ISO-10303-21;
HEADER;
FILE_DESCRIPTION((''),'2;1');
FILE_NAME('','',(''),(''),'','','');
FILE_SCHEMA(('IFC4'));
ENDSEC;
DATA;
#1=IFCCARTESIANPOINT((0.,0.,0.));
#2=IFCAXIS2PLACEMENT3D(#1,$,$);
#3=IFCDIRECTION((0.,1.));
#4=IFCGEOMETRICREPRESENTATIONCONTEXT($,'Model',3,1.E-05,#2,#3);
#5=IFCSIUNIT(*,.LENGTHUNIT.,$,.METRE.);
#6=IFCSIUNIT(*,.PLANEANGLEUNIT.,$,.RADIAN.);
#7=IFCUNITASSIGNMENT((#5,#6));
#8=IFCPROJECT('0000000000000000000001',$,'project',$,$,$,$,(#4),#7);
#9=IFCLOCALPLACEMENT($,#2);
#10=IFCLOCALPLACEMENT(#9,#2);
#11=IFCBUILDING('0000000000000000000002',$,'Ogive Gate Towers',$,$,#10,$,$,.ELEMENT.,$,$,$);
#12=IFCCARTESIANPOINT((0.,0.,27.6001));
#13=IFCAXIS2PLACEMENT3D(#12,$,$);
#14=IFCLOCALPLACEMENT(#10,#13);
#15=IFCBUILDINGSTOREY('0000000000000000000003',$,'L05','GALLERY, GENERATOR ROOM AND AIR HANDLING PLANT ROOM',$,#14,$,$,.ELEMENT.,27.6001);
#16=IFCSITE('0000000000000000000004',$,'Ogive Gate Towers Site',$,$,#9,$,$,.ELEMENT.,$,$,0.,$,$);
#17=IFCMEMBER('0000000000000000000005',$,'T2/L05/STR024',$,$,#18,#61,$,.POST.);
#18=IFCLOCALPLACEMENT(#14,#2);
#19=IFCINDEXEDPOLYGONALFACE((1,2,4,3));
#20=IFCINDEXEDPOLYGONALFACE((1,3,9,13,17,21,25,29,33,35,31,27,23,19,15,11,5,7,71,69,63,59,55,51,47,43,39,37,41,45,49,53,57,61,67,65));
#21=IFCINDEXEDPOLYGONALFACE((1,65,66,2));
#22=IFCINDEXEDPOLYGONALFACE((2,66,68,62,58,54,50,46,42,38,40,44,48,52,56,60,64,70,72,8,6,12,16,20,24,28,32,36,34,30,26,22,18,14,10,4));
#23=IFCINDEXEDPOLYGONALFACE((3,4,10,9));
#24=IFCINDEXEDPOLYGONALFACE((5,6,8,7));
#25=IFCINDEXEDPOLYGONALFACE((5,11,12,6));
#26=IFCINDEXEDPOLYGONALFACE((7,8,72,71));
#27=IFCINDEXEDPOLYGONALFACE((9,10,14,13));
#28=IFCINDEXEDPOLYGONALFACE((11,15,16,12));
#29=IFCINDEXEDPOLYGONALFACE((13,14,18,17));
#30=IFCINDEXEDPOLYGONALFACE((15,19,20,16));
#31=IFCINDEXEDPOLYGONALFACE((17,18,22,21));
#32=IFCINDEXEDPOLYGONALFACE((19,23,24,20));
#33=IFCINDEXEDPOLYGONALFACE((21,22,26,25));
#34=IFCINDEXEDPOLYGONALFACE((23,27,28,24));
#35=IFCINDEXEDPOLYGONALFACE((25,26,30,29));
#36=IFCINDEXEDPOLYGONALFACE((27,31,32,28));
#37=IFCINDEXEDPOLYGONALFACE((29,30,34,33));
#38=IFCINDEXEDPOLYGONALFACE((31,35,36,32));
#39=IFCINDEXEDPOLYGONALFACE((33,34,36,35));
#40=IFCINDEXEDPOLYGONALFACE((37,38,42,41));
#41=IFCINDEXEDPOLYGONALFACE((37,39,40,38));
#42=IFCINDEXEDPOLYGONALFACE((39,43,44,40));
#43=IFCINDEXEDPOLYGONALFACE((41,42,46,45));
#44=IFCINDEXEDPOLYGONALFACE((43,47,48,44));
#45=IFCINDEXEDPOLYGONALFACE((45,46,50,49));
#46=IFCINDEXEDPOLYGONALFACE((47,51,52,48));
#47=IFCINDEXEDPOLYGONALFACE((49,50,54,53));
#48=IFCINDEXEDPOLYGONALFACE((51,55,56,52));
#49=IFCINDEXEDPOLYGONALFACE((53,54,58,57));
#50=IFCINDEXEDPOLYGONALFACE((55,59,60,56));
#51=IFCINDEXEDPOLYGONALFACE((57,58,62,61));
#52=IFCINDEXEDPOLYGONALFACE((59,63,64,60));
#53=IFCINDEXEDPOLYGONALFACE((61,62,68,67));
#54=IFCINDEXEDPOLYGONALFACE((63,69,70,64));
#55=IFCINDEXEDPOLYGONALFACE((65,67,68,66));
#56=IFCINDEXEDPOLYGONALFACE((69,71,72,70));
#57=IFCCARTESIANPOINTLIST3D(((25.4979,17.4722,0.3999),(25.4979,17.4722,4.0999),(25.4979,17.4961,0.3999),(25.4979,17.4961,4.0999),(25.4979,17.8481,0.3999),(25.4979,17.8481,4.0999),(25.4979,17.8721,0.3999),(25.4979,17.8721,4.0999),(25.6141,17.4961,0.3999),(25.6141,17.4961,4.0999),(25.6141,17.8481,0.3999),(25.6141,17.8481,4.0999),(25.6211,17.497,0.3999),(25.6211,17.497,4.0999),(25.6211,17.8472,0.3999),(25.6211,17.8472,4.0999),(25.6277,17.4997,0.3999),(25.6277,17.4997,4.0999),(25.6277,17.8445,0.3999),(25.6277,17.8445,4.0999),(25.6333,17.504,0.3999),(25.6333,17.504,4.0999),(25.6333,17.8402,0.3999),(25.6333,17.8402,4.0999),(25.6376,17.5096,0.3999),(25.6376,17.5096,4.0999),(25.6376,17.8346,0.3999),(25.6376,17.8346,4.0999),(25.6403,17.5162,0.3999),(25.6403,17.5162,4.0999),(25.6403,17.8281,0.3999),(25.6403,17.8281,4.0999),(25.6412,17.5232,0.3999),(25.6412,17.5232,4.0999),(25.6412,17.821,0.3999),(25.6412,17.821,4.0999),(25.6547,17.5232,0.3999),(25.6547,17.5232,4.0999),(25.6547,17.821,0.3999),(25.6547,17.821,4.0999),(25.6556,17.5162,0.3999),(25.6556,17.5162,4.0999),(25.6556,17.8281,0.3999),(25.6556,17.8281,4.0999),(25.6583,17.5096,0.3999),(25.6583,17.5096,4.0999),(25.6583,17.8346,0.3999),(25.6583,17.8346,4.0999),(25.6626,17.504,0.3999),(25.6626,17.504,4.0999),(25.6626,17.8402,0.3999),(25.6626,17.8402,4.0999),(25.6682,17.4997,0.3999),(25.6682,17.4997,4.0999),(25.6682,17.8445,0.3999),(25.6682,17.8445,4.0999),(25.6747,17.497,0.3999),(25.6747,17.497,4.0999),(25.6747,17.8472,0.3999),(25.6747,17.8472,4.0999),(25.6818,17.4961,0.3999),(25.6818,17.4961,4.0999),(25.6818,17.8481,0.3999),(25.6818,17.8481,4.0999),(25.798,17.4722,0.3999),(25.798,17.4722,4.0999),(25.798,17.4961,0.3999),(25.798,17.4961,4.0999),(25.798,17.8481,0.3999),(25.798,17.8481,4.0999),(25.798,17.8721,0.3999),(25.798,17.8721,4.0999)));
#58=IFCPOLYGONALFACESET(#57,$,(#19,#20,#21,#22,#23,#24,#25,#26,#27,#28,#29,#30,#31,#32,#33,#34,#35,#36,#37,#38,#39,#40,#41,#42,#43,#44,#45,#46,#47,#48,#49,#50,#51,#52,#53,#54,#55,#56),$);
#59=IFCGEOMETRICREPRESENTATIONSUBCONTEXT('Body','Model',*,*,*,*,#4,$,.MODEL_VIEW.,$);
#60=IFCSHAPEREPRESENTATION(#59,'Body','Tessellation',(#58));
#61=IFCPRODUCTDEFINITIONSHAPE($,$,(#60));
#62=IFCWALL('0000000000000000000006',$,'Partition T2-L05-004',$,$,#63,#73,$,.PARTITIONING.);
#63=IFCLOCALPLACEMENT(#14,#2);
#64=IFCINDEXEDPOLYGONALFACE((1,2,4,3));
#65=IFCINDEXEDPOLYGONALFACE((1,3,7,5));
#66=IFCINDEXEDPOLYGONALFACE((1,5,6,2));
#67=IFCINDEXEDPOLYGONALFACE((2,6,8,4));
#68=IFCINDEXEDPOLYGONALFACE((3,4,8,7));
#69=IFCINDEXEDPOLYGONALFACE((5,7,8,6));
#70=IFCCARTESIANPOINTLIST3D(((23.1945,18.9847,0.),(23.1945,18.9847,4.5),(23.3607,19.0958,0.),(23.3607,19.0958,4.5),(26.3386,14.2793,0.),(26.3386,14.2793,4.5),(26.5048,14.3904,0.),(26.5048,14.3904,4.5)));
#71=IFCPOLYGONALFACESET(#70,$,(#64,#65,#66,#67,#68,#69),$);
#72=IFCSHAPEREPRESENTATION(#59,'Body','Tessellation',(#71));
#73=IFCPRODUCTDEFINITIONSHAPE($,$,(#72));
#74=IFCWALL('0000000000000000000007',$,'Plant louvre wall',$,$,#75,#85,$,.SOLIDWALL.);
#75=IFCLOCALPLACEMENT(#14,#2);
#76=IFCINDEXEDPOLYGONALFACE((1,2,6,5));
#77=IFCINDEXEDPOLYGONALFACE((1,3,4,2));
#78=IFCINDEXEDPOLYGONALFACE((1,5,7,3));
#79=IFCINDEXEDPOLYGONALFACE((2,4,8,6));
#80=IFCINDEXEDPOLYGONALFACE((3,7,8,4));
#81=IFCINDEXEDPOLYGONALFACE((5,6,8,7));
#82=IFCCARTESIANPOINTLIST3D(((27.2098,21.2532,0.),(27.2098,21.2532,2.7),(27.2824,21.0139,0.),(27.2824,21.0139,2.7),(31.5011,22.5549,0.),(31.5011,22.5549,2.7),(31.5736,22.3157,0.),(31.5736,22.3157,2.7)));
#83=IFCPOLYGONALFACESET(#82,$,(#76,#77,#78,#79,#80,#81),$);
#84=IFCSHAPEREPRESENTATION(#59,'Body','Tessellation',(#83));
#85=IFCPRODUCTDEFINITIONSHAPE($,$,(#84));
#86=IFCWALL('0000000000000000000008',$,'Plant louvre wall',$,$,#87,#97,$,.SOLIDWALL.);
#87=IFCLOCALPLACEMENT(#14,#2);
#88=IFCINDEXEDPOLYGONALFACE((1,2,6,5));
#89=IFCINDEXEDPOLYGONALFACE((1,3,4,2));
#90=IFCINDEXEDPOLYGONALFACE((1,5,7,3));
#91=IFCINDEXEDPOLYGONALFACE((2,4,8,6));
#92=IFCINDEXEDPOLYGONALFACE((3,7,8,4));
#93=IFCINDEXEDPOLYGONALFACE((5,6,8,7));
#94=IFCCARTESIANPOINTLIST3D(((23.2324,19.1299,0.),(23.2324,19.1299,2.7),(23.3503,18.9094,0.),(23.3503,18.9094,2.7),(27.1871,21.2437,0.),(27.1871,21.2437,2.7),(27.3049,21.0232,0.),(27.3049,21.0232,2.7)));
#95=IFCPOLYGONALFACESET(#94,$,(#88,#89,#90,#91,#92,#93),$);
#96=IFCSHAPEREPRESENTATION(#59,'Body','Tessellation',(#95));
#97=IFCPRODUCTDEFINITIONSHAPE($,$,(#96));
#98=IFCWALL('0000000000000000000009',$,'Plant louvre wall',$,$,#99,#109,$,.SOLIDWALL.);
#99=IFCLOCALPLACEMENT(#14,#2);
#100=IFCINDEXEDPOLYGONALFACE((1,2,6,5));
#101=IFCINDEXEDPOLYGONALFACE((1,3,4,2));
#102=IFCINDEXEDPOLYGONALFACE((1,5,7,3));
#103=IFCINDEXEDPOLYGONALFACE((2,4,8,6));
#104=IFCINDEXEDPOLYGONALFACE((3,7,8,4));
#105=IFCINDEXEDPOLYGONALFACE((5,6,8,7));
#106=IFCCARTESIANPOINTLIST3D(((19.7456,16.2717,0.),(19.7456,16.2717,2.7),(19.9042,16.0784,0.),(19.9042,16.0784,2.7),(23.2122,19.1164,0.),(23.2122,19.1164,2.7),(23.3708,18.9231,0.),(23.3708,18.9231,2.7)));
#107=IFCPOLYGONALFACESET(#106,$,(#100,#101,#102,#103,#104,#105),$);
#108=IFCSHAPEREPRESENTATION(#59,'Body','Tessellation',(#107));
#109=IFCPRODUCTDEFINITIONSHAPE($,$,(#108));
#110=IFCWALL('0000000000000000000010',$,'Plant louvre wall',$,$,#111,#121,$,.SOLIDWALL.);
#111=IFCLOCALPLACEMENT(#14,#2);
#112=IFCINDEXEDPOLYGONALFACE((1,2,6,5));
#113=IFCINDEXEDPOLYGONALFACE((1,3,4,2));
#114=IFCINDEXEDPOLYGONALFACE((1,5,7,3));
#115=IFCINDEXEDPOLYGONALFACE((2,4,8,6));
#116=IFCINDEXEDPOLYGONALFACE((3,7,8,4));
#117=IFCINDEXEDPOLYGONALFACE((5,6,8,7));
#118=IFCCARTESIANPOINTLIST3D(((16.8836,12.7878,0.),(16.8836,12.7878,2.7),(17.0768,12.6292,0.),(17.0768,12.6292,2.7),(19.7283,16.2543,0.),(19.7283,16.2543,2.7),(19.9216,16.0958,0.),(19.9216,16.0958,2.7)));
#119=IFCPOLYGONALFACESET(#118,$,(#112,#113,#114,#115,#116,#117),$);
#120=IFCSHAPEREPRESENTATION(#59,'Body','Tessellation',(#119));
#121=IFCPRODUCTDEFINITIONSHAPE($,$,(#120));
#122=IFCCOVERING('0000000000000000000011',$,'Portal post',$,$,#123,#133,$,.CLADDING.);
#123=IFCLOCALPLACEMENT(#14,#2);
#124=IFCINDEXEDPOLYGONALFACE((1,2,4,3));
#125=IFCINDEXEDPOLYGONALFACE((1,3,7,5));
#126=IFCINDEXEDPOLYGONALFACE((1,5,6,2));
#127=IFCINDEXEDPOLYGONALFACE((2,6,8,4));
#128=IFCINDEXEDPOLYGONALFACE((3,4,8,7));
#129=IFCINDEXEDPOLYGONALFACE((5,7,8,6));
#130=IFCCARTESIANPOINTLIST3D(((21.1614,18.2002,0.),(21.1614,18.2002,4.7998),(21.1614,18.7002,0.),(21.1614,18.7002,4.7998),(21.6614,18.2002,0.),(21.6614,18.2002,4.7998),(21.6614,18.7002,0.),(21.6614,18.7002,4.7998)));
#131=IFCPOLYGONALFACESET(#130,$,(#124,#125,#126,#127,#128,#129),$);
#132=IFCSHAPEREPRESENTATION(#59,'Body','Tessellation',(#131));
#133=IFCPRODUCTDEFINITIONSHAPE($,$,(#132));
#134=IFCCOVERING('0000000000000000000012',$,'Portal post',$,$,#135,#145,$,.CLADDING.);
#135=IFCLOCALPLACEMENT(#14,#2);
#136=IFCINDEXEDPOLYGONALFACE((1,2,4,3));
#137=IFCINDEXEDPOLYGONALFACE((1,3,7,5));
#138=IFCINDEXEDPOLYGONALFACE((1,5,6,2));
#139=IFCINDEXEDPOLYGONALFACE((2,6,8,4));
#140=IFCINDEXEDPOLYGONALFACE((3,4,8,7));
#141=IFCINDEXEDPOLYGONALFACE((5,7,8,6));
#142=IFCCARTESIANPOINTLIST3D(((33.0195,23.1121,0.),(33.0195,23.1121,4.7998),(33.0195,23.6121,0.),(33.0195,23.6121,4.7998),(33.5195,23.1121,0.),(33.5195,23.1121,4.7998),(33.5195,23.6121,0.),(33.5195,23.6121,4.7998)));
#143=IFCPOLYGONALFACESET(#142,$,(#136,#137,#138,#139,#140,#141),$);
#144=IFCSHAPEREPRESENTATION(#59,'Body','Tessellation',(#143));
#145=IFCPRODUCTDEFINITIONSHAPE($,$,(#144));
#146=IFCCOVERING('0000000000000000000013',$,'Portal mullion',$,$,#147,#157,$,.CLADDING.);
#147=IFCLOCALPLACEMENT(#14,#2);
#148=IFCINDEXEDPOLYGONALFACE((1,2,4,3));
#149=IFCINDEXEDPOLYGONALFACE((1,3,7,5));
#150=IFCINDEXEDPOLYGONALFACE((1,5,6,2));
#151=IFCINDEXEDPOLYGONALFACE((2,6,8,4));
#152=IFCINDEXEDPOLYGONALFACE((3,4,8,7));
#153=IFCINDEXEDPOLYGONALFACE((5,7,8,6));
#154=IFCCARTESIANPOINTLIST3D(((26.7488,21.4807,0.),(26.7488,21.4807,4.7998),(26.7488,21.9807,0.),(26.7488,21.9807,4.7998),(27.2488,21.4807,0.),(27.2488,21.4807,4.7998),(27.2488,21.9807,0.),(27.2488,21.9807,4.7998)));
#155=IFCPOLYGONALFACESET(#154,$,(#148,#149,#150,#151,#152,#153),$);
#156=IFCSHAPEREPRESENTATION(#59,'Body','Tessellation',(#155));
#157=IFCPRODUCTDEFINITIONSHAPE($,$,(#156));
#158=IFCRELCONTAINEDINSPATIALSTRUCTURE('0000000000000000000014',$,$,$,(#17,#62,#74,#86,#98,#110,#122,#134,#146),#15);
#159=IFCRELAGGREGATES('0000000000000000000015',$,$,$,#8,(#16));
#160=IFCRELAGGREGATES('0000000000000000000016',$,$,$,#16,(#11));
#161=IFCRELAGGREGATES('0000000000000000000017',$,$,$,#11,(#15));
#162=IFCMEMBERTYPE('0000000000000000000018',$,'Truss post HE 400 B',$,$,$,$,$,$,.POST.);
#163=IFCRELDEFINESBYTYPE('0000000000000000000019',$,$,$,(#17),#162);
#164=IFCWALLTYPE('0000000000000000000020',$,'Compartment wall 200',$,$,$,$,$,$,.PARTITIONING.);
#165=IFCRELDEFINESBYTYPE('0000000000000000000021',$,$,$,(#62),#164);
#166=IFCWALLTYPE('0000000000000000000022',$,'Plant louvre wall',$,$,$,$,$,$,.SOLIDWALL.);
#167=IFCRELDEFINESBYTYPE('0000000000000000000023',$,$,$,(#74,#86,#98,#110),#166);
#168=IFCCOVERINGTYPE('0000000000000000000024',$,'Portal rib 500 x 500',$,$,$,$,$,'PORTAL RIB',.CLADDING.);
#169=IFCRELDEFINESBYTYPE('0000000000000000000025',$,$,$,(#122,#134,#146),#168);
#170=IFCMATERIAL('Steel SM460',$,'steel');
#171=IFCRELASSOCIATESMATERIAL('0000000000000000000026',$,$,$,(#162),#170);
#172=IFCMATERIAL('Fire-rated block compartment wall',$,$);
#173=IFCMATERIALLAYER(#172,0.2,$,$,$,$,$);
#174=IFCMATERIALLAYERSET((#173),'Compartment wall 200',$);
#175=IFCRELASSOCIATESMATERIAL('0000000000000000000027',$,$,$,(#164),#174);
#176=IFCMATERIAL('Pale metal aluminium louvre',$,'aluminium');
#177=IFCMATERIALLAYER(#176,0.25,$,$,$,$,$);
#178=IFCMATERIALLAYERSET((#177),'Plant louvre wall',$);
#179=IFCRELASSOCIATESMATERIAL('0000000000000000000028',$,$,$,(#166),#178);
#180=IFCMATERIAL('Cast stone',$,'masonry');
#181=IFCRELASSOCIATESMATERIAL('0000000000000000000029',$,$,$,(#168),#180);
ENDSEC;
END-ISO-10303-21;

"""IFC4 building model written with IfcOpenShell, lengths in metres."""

from ifc_helpers import new_model, si_unit, direction, frame, frame_2d, origin, origin_2d, place, context, subcontext, project, spatial, rectangle, i_section, extrude, material, layer, layer_set, material_profile, profile_set, type_object, element, save


model = new_model("IFC4")

# Units and contexts
model_context = context("Model", 3, precision=1e-05, world=origin(), true_north=direction((0.0, 1.0)))
body_context = subcontext(model_context, "Body", "Model", "MODEL_VIEW")
ifc_project = project(units=[si_unit("LENGTHUNIT", "METRE"), si_unit("PLANEANGLEUNIT", "RADIAN")], contexts=[model_context])

# Site, building, storey
site_placement = place(None, origin())
site = spatial("IfcSite", under=ifc_project, at=site_placement, Name="Ogive Gate Towers Site", CompositionType="ELEMENT", RefElevation=0.0)
building_placement = place(site_placement, origin())
building = spatial("IfcBuilding", under=site, at=building_placement, Name="Ogive Gate Towers", CompositionType="ELEMENT")
storey_placement = place(building_placement, frame((0.0, 0.0, 27.6001)))
storey = spatial("IfcBuildingStorey", under=building, at=storey_placement, Name="L05", Description="GALLERY, GENERATOR ROOM AND AIR HANDLING PLANT ROOM", CompositionType="ELEMENT", Elevation=27.6001)

# Shared definitions
ifc_material_1 = material(Name="Steel SM460", Category="steel")

# Member
ifc_material_profile_1 = material_profile(ifc_material_1, i_section(OverallWidth=0.3, OverallDepth=0.3999, WebThickness=0.0134, FlangeThickness=0.0239, FilletRadius=0.0271, at=origin_2d()), Name="HE 400 B")
ifc_profile_set_1 = profile_set([ifc_material_profile_1], Name="Steel SM460")
member_type_1 = type_object("IfcMemberType", Name="Truss post HE 400 B", PredefinedType="POST", material=ifc_profile_set_1)
for number, where, z_axis, x_axis, name in (
    (1, (25.6479, 17.6721, 0.3999), (0.0, 0.0, 1.0), (1.0, 0.0, 0.0), "T2/L05/STR024"),
):
    element("IfcMember", number, at=place(storey_placement, frame(where, z_axis=z_axis, x_axis=x_axis)), inside=storey, type_object=member_type_1, Name=name, PredefinedType="POST", context=body_context, shape_type="SweptSolid", body=[
        extrude(i_section(OverallWidth=0.3, OverallDepth=0.3999, WebThickness=0.0134, FlangeThickness=0.0239, FilletRadius=0.0271, at=origin_2d()), origin(), (0.0, 0.0, 1.0), 3.7),
    ])

# Walls
ifc_material_2 = material(Name="Fire-rated block compartment wall")
ifc_layer_1 = layer(ifc_material_2, 0.2)
ifc_layer_set_1 = layer_set([ifc_layer_1], Name="Compartment wall 200")
wall_type_1 = type_object("IfcWallType", Name="Compartment wall 200", PredefinedType="PARTITIONING", material=ifc_layer_set_1)
wall_1_placement = place(storey_placement, frame((23.2776, 19.0403, 0.0), z_axis=(0.0, 0.0, 1.0), x_axis=(0.555576, -0.831466, 0.0)))
element("IfcWall", 2, at=wall_1_placement, inside=storey, type_object=wall_type_1, Name="Partition T2-L05-004", PredefinedType="PARTITIONING", context=body_context, shape_type="SweptSolid", body=[
    extrude(rectangle(XDim=5.6592, YDim=0.2, at=frame_2d((2.8296, 0.0))), origin(), (0.0, 0.0, 1.0), 4.5),
])
ifc_material_3 = material(Name="Pale metal aluminium louvre", Category="aluminium")
ifc_layer_2 = layer(ifc_material_3, 0.25)
ifc_layer_set_2 = layer_set([ifc_layer_2], Name="Plant louvre wall")
wall_type_2 = type_object("IfcWallType", Name="Plant louvre wall", PredefinedType="SOLIDWALL", material=ifc_layer_set_2)
wall_2_placement = place(storey_placement, frame((31.5374, 22.4353, 0.0), z_axis=(0.0, 0.0, 1.0), x_axis=(-0.956939, -0.290288, 0.0)))
element("IfcWall", 3, at=wall_2_placement, inside=storey, type_object=wall_type_2, Name="Plant louvre wall", PredefinedType="SOLIDWALL", context=body_context, shape_type="SweptSolid", body=[
    extrude(rectangle(XDim=4.4844, YDim=0.25, at=frame_2d((2.2422, 0.0))), origin(), (0.0, 0.0, 1.0), 2.7),
])
wall_3_placement = place(storey_placement, frame((27.2461, 21.1335, 0.0), z_axis=(0.0, 0.0, 1.0), x_axis=(-0.881922, -0.471396, 0.0)))
element("IfcWall", 4, at=wall_3_placement, inside=storey, type_object=wall_type_2, Name="Plant louvre wall", PredefinedType="SOLIDWALL", context=body_context, shape_type="SweptSolid", body=[
    extrude(rectangle(XDim=4.4841, YDim=0.25, at=frame_2d((2.2422, 0.0))), origin(), (0.0, 0.0, 1.0), 2.7),
])
for number, where, z_axis, x_axis, name in (
    (5, (23.2915, 19.0198, 0.0), (0.0, 0.0, 1.0), (-0.773032, -0.634367, 0.0), "Plant louvre wall"),
    (6, (19.825, 16.175, 0.0), (0.0, 0.0, 1.0), (-0.634367, -0.773032, 0.0), "Plant louvre wall"),
):
    element("IfcWall", number, at=place(storey_placement, frame(where, z_axis=z_axis, x_axis=x_axis)), inside=storey, type_object=wall_type_2, Name=name, PredefinedType="SOLIDWALL", context=body_context, shape_type="SweptSolid", body=[
        extrude(rectangle(XDim=4.4844, YDim=0.25, at=frame_2d((2.2422, 0.0))), origin(), (0.0, 0.0, 1.0), 2.7),
    ])

# Coverings
ifc_material_4 = material(Name="Cast stone", Category="masonry")
ifc_material_profile_2 = material_profile(ifc_material_4, rectangle(XDim=0.5, YDim=0.5, at=origin_2d()), Name="500 x 500 cast stone")
ifc_profile_set_2 = profile_set([ifc_material_profile_2], Name="Cast stone")
covering_type = type_object("IfcCoveringType", Name="Portal rib 500 x 500", ElementType="PORTAL RIB", PredefinedType="CLADDING", material=ifc_profile_set_2)
for number, where, z_axis, x_axis, name in (
    (7, (21.4114, 18.4502, 0.0), (0.0, 0.0, 1.0), (1.0, 0.0, 0.0), "Portal post"),
    (8, (33.2695, 23.3621, 0.0), (0.0, 0.0, 1.0), (1.0, 0.0, 0.0), "Portal post"),
    (9, (26.9988, 21.7307, 0.0), (0.0, 0.0, 1.0), (1.0, 0.0, 0.0), "Portal mullion"),
):
    element("IfcCovering", number, at=place(storey_placement, frame(where, z_axis=z_axis, x_axis=x_axis)), inside=storey, type_object=covering_type, Name=name, PredefinedType="CLADDING", context=body_context, shape_type="SweptSolid", body=[
        extrude(rectangle(XDim=0.5, YDim=0.5, at=origin_2d()), origin(), (0.0, 0.0, 1.0), 4.7998),
    ])

save(model, "model.ifc")
